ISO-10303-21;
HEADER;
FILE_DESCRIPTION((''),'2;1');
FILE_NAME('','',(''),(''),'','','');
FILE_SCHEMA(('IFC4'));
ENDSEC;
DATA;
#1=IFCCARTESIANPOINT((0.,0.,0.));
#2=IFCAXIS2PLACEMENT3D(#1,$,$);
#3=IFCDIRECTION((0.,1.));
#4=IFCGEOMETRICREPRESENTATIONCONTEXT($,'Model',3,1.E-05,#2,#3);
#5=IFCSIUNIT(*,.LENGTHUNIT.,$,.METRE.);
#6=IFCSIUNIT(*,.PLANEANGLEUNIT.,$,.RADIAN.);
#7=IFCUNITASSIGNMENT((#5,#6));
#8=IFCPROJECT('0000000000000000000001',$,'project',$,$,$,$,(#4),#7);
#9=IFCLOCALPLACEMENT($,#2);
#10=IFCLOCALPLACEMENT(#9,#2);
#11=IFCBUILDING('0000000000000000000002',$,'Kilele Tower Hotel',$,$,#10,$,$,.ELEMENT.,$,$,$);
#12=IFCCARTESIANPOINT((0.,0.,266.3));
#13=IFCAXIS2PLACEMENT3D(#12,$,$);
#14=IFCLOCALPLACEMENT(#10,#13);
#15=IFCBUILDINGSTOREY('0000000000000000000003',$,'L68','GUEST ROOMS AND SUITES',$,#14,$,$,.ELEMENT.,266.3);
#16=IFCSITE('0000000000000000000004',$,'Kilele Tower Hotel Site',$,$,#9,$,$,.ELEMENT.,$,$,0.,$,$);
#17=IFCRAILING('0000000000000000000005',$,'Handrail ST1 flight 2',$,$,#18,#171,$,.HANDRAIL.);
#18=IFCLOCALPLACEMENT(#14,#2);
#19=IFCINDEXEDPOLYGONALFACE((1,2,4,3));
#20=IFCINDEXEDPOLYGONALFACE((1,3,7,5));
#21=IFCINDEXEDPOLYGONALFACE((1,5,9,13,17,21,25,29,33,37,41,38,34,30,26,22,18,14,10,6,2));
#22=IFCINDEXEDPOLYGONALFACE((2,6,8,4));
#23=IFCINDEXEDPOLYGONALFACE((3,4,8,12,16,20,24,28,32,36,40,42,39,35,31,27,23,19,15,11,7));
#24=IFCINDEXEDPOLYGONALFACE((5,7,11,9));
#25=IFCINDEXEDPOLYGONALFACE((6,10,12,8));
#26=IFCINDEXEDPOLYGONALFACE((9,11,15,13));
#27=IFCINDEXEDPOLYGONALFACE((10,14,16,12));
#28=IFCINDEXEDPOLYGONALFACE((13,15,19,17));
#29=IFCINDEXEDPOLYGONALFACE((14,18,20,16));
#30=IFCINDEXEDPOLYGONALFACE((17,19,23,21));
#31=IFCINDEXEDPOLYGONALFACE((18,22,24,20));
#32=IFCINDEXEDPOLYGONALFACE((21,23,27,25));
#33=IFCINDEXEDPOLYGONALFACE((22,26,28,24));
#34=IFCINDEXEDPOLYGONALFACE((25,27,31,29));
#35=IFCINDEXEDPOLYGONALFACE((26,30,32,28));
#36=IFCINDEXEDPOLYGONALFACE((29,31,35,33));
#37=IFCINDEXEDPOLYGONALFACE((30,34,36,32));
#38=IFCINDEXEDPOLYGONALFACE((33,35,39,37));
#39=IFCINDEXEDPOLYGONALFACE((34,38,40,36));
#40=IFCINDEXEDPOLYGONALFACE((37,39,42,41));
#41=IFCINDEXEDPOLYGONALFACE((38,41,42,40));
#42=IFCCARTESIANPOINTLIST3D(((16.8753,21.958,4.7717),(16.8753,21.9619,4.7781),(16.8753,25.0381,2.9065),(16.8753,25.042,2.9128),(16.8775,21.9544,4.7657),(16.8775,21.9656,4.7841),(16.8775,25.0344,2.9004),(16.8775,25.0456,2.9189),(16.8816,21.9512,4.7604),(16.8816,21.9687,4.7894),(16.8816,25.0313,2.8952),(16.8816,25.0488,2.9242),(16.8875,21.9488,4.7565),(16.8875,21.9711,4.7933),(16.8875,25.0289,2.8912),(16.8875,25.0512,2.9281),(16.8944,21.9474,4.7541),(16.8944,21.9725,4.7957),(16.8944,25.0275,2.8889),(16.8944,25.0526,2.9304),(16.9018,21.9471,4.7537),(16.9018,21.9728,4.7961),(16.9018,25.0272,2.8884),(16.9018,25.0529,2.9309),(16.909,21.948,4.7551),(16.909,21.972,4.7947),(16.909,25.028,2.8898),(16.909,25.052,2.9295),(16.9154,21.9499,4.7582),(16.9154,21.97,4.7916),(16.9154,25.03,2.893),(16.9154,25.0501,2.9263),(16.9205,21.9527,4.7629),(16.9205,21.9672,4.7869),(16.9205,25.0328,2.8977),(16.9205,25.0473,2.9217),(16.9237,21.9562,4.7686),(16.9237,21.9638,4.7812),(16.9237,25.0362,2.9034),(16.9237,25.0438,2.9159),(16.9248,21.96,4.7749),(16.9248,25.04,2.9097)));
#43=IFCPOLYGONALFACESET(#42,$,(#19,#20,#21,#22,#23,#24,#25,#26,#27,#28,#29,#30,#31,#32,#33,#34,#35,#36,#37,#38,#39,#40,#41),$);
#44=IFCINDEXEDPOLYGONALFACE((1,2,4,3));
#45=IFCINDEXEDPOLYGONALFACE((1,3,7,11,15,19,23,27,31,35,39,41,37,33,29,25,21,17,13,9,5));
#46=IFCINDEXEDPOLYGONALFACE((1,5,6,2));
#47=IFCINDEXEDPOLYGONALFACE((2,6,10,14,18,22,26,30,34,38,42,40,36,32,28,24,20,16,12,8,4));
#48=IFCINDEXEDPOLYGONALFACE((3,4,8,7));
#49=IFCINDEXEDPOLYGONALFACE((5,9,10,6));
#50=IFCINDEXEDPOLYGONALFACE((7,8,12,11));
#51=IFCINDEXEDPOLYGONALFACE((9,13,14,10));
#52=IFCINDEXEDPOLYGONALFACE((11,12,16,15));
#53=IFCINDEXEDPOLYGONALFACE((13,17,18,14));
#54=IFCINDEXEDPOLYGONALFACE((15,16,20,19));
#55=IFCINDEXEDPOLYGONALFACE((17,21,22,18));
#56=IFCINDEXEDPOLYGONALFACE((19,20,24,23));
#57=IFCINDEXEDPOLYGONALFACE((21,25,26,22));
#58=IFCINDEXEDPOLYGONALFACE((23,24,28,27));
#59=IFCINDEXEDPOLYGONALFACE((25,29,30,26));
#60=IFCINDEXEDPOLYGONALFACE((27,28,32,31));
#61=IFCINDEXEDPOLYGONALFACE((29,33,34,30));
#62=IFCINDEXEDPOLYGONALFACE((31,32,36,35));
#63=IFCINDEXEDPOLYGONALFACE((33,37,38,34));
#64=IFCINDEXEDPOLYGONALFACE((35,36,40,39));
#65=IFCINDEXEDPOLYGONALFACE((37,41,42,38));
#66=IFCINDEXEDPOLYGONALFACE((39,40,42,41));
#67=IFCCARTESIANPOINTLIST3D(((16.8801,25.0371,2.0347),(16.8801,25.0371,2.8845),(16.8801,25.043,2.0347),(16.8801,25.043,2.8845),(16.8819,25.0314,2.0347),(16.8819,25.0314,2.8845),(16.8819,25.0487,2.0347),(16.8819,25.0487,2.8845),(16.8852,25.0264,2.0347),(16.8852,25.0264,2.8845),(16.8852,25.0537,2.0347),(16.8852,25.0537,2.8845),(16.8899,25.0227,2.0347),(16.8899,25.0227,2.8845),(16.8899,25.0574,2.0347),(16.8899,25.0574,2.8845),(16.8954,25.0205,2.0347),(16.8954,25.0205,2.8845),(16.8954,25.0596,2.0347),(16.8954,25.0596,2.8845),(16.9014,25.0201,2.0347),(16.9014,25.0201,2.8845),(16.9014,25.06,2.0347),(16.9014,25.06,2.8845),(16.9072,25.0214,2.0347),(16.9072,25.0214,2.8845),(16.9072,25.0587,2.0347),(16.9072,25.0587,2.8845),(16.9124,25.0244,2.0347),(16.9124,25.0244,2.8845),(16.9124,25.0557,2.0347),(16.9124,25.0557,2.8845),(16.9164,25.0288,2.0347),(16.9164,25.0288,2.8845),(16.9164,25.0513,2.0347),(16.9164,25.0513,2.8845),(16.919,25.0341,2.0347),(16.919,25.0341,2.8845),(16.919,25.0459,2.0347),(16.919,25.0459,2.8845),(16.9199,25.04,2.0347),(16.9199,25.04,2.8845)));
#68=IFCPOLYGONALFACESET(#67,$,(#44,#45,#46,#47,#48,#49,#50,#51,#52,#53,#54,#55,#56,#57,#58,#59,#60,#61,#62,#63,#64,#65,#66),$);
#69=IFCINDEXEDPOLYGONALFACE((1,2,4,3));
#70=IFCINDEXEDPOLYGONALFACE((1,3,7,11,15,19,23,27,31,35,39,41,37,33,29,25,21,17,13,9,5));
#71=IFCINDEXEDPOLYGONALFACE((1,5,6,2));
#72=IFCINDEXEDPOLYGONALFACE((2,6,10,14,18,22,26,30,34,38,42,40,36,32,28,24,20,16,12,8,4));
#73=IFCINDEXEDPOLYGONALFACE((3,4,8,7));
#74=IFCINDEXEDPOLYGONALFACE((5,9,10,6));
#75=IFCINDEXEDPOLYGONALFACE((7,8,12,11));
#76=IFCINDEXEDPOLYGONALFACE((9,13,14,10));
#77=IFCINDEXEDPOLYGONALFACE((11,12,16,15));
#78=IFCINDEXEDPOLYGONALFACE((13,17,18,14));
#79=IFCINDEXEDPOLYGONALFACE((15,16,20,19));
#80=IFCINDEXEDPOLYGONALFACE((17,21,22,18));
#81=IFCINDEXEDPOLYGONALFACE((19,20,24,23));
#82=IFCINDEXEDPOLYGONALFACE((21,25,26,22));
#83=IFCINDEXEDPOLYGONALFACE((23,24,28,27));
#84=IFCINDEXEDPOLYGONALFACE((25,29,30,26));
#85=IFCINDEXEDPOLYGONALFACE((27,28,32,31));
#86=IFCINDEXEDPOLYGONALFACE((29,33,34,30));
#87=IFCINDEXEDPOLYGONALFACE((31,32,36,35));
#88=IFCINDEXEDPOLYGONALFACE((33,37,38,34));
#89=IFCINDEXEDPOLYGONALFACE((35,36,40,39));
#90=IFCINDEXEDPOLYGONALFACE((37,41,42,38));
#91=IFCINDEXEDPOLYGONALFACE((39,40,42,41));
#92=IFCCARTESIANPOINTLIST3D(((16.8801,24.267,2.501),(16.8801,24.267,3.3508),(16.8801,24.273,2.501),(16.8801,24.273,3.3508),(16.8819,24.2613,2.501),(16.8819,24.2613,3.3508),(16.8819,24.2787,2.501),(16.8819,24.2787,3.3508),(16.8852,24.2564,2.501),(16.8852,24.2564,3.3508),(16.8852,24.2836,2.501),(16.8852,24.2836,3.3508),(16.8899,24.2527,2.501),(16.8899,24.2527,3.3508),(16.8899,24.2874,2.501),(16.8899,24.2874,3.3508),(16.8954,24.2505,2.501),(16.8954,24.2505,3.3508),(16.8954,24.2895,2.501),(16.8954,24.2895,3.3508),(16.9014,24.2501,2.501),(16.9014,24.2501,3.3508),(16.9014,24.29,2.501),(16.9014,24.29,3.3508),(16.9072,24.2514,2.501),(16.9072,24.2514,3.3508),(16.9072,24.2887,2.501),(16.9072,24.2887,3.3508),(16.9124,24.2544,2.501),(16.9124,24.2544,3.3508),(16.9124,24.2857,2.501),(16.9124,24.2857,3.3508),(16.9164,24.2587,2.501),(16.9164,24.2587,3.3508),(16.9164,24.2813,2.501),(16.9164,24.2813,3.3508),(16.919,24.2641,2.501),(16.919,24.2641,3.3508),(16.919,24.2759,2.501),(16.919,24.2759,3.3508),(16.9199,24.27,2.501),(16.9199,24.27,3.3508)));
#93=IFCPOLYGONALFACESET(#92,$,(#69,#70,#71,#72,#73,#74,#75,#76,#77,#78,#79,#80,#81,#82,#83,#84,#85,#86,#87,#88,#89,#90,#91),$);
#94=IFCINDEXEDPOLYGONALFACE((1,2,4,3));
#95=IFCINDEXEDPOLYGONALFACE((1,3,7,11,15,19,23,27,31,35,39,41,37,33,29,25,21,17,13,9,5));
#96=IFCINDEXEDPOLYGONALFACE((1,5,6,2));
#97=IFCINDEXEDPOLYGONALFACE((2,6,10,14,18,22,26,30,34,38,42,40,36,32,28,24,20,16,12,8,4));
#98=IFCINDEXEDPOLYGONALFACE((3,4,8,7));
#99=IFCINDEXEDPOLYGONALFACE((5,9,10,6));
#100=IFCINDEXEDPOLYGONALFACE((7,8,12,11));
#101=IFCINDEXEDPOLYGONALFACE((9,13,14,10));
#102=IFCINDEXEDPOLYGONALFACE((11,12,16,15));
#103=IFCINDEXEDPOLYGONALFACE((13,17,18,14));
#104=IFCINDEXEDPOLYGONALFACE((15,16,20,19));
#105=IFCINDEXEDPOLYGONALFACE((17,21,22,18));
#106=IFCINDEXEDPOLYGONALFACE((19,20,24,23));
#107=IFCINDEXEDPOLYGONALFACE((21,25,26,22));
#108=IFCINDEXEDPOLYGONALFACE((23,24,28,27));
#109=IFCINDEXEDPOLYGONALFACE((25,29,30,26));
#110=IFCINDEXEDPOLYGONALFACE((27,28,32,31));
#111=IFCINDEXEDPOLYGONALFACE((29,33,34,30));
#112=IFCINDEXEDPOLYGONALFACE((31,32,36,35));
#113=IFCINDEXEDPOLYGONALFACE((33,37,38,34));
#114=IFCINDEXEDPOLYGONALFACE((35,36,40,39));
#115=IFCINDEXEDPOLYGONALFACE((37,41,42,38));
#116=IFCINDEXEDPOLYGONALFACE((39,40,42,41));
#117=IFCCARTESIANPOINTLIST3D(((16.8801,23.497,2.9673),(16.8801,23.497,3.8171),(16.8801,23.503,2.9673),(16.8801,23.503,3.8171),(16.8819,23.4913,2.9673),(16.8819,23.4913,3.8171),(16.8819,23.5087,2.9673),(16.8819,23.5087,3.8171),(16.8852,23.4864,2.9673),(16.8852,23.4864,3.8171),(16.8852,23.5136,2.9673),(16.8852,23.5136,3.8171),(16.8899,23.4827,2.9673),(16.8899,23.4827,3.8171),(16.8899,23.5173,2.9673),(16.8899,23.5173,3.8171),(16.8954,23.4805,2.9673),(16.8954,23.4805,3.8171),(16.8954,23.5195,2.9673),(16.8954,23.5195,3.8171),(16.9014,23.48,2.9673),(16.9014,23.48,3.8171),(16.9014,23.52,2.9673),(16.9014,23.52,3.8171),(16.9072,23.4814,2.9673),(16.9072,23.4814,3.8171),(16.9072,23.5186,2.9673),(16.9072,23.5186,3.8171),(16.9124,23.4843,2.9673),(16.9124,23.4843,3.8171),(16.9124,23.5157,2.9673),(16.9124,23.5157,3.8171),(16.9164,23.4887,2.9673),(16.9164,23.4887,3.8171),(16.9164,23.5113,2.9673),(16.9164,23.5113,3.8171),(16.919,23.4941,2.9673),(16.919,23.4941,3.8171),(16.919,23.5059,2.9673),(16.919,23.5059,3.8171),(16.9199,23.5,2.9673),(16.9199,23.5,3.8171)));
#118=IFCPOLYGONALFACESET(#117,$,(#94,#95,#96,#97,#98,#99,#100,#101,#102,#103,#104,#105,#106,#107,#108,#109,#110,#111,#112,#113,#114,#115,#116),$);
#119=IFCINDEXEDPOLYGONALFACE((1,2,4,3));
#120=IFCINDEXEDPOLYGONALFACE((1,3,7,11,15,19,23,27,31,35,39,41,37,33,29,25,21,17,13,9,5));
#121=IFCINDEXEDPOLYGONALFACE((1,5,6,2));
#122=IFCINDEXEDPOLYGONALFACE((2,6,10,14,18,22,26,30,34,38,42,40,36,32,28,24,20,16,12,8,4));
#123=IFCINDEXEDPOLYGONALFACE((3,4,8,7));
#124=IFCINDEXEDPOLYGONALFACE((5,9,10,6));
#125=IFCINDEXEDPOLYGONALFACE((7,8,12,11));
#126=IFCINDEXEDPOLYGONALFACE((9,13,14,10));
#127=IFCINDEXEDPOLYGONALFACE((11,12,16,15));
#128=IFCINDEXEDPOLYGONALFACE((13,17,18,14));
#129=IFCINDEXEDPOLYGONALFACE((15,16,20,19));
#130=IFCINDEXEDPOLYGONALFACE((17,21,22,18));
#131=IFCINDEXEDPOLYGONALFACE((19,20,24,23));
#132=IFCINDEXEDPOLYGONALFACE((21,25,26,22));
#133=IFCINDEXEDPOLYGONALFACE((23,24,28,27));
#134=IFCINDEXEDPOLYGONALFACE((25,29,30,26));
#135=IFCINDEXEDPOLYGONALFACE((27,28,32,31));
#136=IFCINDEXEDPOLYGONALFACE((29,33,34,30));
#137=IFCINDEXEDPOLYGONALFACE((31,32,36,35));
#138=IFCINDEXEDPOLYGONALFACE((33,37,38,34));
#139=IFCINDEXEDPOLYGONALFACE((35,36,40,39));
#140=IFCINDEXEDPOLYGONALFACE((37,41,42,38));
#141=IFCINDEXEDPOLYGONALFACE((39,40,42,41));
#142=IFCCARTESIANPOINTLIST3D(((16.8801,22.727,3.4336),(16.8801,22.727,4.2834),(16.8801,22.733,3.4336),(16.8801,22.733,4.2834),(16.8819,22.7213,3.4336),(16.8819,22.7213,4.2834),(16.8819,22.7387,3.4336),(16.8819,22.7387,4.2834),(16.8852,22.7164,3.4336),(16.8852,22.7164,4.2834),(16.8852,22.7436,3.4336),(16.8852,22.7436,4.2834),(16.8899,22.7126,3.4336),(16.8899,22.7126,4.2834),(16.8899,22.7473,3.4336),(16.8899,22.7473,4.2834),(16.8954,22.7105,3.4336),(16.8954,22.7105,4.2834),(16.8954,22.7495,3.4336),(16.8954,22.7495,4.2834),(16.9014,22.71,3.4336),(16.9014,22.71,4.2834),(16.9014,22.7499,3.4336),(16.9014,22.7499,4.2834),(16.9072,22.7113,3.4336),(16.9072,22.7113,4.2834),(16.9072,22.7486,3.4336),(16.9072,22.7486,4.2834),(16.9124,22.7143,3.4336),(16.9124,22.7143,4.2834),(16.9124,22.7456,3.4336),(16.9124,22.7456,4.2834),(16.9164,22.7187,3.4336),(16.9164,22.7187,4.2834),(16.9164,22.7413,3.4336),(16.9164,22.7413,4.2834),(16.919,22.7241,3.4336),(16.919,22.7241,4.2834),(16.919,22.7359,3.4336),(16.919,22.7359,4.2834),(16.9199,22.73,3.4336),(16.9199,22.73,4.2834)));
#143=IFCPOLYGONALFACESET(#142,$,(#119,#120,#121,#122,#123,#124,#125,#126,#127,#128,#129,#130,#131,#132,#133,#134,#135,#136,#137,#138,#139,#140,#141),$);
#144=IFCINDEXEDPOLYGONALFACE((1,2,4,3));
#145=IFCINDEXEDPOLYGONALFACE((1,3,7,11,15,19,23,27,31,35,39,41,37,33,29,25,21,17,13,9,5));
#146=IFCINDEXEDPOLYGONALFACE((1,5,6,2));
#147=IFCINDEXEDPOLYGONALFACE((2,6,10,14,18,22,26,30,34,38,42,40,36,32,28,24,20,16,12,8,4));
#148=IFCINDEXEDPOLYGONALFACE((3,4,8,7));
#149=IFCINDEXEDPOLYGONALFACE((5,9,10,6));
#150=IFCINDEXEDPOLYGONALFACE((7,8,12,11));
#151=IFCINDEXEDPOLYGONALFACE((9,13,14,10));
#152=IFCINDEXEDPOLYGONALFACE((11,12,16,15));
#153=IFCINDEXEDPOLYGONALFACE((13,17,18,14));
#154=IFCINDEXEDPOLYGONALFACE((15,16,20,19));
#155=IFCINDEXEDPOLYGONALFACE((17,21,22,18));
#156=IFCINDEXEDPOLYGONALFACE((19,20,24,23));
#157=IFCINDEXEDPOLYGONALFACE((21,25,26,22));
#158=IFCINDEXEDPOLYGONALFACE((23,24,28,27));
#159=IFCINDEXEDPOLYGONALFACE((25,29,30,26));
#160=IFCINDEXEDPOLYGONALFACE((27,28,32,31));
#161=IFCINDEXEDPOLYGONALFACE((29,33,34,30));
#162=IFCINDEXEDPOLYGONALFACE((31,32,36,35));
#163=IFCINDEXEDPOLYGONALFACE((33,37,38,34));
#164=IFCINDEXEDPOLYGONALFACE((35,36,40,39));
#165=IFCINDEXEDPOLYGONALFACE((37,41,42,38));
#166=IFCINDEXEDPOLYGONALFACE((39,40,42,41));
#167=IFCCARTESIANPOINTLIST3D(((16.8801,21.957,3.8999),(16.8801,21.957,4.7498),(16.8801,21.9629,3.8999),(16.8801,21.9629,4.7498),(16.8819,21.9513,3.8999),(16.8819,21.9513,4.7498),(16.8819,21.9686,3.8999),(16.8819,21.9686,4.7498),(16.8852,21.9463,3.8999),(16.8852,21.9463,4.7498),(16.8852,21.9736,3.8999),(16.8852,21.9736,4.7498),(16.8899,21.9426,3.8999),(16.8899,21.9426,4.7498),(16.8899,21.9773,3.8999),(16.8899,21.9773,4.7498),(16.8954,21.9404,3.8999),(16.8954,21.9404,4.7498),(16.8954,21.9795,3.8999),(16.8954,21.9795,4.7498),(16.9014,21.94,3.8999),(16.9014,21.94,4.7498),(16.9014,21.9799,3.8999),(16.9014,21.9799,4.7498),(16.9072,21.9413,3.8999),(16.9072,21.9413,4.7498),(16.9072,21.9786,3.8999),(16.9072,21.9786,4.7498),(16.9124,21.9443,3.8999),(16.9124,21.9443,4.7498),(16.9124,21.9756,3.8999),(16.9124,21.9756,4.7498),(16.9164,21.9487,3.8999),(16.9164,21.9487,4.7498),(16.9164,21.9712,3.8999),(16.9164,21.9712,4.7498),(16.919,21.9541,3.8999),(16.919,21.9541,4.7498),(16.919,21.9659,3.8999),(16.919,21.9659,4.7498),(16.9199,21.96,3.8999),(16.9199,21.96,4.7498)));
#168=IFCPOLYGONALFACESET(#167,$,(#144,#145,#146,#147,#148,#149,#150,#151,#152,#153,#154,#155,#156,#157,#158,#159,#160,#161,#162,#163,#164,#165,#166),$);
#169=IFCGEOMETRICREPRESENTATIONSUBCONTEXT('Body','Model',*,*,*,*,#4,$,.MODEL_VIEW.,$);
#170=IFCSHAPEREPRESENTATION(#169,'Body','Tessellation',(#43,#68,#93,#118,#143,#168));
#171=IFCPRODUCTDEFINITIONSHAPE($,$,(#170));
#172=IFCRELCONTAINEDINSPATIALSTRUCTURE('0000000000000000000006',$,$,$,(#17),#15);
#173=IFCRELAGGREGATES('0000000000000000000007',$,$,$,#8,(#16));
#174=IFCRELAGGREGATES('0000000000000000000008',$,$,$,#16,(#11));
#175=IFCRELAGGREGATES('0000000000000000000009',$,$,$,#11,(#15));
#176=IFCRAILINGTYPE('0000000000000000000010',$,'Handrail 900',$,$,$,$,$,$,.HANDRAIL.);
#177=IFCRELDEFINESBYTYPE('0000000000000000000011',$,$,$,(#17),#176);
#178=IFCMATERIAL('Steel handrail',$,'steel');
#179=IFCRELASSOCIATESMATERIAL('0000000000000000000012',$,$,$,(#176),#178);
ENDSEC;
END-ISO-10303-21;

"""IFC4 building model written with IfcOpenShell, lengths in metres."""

from ifc_helpers import new_model, si_unit, direction, frame, origin, origin_2d, place, context, subcontext, project, spatial, circle, extrude, material, type_object, element, save


model = new_model("IFC4")

# Units and contexts
model_context = context("Model", 3, precision=1e-05, world=origin(), true_north=direction((0.0, 1.0)))
body_context = subcontext(model_context, "Body", "Model", "MODEL_VIEW")
ifc_project = project(units=[si_unit("LENGTHUNIT", "METRE"), si_unit("PLANEANGLEUNIT", "RADIAN")], contexts=[model_context])

# Site, building, storey
site_placement = place(None, origin())
site = spatial("IfcSite", under=ifc_project, at=site_placement, Name="Kilele Tower Hotel Site", CompositionType="ELEMENT", RefElevation=0.0)
building_placement = place(site_placement, origin())
building = spatial("IfcBuilding", under=site, at=building_placement, Name="Kilele Tower Hotel", CompositionType="ELEMENT")
storey_placement = place(building_placement, frame((0.0, 0.0, 266.3)))
storey = spatial("IfcBuildingStorey", under=building, at=storey_placement, Name="L68", Description="GUEST ROOMS AND SUITES", CompositionType="ELEMENT", Elevation=266.3)

# Railing
ifc_material_1 = material(Name="Steel handrail", Category="steel")
railing_type_1 = type_object("IfcRailingType", Name="Handrail 900", PredefinedType="HANDRAIL", material=ifc_material_1)
for number, where, name in (
    (1, (16.8999, 25.04, 2.0347), "Handrail ST1 flight 2"),
):
    element("IfcRailing", number, at=place(storey_placement, frame(where)), inside=storey, type_object=railing_type_1, Name=name, PredefinedType="HANDRAIL", context=body_context, shape_type="SweptSolid", body=[
        extrude(circle(Radius=0.0249, at=origin_2d()), frame((0.0, 0.0, 0.875), z_axis=(0.0, -0.85538, 0.518001), x_axis=(1.0, 0.0, 0.0)), (0.0, 0.0, 1.0), 3.6008),
        extrude(circle(Radius=0.02, at=origin_2d()), origin(), (0.0, 0.0, 1.0), 0.8499),
        extrude(circle(Radius=0.02, at=origin_2d()), frame((0.0, -0.77, 0.4663)), (0.0, 0.0, 1.0), 0.8499),
        extrude(circle(Radius=0.02, at=origin_2d()), frame((0.0, -1.54, 0.9326)), (0.0, 0.0, 1.0), 0.8499),
        extrude(circle(Radius=0.02, at=origin_2d()), frame((0.0, -2.3101, 1.3989)), (0.0, 0.0, 1.0), 0.8499),
        extrude(circle(Radius=0.02, at=origin_2d()), frame((0.0, -3.0801, 1.8652)), (0.0, 0.0, 1.0), 0.8499),
    ])

save(model, "model.ifc")
